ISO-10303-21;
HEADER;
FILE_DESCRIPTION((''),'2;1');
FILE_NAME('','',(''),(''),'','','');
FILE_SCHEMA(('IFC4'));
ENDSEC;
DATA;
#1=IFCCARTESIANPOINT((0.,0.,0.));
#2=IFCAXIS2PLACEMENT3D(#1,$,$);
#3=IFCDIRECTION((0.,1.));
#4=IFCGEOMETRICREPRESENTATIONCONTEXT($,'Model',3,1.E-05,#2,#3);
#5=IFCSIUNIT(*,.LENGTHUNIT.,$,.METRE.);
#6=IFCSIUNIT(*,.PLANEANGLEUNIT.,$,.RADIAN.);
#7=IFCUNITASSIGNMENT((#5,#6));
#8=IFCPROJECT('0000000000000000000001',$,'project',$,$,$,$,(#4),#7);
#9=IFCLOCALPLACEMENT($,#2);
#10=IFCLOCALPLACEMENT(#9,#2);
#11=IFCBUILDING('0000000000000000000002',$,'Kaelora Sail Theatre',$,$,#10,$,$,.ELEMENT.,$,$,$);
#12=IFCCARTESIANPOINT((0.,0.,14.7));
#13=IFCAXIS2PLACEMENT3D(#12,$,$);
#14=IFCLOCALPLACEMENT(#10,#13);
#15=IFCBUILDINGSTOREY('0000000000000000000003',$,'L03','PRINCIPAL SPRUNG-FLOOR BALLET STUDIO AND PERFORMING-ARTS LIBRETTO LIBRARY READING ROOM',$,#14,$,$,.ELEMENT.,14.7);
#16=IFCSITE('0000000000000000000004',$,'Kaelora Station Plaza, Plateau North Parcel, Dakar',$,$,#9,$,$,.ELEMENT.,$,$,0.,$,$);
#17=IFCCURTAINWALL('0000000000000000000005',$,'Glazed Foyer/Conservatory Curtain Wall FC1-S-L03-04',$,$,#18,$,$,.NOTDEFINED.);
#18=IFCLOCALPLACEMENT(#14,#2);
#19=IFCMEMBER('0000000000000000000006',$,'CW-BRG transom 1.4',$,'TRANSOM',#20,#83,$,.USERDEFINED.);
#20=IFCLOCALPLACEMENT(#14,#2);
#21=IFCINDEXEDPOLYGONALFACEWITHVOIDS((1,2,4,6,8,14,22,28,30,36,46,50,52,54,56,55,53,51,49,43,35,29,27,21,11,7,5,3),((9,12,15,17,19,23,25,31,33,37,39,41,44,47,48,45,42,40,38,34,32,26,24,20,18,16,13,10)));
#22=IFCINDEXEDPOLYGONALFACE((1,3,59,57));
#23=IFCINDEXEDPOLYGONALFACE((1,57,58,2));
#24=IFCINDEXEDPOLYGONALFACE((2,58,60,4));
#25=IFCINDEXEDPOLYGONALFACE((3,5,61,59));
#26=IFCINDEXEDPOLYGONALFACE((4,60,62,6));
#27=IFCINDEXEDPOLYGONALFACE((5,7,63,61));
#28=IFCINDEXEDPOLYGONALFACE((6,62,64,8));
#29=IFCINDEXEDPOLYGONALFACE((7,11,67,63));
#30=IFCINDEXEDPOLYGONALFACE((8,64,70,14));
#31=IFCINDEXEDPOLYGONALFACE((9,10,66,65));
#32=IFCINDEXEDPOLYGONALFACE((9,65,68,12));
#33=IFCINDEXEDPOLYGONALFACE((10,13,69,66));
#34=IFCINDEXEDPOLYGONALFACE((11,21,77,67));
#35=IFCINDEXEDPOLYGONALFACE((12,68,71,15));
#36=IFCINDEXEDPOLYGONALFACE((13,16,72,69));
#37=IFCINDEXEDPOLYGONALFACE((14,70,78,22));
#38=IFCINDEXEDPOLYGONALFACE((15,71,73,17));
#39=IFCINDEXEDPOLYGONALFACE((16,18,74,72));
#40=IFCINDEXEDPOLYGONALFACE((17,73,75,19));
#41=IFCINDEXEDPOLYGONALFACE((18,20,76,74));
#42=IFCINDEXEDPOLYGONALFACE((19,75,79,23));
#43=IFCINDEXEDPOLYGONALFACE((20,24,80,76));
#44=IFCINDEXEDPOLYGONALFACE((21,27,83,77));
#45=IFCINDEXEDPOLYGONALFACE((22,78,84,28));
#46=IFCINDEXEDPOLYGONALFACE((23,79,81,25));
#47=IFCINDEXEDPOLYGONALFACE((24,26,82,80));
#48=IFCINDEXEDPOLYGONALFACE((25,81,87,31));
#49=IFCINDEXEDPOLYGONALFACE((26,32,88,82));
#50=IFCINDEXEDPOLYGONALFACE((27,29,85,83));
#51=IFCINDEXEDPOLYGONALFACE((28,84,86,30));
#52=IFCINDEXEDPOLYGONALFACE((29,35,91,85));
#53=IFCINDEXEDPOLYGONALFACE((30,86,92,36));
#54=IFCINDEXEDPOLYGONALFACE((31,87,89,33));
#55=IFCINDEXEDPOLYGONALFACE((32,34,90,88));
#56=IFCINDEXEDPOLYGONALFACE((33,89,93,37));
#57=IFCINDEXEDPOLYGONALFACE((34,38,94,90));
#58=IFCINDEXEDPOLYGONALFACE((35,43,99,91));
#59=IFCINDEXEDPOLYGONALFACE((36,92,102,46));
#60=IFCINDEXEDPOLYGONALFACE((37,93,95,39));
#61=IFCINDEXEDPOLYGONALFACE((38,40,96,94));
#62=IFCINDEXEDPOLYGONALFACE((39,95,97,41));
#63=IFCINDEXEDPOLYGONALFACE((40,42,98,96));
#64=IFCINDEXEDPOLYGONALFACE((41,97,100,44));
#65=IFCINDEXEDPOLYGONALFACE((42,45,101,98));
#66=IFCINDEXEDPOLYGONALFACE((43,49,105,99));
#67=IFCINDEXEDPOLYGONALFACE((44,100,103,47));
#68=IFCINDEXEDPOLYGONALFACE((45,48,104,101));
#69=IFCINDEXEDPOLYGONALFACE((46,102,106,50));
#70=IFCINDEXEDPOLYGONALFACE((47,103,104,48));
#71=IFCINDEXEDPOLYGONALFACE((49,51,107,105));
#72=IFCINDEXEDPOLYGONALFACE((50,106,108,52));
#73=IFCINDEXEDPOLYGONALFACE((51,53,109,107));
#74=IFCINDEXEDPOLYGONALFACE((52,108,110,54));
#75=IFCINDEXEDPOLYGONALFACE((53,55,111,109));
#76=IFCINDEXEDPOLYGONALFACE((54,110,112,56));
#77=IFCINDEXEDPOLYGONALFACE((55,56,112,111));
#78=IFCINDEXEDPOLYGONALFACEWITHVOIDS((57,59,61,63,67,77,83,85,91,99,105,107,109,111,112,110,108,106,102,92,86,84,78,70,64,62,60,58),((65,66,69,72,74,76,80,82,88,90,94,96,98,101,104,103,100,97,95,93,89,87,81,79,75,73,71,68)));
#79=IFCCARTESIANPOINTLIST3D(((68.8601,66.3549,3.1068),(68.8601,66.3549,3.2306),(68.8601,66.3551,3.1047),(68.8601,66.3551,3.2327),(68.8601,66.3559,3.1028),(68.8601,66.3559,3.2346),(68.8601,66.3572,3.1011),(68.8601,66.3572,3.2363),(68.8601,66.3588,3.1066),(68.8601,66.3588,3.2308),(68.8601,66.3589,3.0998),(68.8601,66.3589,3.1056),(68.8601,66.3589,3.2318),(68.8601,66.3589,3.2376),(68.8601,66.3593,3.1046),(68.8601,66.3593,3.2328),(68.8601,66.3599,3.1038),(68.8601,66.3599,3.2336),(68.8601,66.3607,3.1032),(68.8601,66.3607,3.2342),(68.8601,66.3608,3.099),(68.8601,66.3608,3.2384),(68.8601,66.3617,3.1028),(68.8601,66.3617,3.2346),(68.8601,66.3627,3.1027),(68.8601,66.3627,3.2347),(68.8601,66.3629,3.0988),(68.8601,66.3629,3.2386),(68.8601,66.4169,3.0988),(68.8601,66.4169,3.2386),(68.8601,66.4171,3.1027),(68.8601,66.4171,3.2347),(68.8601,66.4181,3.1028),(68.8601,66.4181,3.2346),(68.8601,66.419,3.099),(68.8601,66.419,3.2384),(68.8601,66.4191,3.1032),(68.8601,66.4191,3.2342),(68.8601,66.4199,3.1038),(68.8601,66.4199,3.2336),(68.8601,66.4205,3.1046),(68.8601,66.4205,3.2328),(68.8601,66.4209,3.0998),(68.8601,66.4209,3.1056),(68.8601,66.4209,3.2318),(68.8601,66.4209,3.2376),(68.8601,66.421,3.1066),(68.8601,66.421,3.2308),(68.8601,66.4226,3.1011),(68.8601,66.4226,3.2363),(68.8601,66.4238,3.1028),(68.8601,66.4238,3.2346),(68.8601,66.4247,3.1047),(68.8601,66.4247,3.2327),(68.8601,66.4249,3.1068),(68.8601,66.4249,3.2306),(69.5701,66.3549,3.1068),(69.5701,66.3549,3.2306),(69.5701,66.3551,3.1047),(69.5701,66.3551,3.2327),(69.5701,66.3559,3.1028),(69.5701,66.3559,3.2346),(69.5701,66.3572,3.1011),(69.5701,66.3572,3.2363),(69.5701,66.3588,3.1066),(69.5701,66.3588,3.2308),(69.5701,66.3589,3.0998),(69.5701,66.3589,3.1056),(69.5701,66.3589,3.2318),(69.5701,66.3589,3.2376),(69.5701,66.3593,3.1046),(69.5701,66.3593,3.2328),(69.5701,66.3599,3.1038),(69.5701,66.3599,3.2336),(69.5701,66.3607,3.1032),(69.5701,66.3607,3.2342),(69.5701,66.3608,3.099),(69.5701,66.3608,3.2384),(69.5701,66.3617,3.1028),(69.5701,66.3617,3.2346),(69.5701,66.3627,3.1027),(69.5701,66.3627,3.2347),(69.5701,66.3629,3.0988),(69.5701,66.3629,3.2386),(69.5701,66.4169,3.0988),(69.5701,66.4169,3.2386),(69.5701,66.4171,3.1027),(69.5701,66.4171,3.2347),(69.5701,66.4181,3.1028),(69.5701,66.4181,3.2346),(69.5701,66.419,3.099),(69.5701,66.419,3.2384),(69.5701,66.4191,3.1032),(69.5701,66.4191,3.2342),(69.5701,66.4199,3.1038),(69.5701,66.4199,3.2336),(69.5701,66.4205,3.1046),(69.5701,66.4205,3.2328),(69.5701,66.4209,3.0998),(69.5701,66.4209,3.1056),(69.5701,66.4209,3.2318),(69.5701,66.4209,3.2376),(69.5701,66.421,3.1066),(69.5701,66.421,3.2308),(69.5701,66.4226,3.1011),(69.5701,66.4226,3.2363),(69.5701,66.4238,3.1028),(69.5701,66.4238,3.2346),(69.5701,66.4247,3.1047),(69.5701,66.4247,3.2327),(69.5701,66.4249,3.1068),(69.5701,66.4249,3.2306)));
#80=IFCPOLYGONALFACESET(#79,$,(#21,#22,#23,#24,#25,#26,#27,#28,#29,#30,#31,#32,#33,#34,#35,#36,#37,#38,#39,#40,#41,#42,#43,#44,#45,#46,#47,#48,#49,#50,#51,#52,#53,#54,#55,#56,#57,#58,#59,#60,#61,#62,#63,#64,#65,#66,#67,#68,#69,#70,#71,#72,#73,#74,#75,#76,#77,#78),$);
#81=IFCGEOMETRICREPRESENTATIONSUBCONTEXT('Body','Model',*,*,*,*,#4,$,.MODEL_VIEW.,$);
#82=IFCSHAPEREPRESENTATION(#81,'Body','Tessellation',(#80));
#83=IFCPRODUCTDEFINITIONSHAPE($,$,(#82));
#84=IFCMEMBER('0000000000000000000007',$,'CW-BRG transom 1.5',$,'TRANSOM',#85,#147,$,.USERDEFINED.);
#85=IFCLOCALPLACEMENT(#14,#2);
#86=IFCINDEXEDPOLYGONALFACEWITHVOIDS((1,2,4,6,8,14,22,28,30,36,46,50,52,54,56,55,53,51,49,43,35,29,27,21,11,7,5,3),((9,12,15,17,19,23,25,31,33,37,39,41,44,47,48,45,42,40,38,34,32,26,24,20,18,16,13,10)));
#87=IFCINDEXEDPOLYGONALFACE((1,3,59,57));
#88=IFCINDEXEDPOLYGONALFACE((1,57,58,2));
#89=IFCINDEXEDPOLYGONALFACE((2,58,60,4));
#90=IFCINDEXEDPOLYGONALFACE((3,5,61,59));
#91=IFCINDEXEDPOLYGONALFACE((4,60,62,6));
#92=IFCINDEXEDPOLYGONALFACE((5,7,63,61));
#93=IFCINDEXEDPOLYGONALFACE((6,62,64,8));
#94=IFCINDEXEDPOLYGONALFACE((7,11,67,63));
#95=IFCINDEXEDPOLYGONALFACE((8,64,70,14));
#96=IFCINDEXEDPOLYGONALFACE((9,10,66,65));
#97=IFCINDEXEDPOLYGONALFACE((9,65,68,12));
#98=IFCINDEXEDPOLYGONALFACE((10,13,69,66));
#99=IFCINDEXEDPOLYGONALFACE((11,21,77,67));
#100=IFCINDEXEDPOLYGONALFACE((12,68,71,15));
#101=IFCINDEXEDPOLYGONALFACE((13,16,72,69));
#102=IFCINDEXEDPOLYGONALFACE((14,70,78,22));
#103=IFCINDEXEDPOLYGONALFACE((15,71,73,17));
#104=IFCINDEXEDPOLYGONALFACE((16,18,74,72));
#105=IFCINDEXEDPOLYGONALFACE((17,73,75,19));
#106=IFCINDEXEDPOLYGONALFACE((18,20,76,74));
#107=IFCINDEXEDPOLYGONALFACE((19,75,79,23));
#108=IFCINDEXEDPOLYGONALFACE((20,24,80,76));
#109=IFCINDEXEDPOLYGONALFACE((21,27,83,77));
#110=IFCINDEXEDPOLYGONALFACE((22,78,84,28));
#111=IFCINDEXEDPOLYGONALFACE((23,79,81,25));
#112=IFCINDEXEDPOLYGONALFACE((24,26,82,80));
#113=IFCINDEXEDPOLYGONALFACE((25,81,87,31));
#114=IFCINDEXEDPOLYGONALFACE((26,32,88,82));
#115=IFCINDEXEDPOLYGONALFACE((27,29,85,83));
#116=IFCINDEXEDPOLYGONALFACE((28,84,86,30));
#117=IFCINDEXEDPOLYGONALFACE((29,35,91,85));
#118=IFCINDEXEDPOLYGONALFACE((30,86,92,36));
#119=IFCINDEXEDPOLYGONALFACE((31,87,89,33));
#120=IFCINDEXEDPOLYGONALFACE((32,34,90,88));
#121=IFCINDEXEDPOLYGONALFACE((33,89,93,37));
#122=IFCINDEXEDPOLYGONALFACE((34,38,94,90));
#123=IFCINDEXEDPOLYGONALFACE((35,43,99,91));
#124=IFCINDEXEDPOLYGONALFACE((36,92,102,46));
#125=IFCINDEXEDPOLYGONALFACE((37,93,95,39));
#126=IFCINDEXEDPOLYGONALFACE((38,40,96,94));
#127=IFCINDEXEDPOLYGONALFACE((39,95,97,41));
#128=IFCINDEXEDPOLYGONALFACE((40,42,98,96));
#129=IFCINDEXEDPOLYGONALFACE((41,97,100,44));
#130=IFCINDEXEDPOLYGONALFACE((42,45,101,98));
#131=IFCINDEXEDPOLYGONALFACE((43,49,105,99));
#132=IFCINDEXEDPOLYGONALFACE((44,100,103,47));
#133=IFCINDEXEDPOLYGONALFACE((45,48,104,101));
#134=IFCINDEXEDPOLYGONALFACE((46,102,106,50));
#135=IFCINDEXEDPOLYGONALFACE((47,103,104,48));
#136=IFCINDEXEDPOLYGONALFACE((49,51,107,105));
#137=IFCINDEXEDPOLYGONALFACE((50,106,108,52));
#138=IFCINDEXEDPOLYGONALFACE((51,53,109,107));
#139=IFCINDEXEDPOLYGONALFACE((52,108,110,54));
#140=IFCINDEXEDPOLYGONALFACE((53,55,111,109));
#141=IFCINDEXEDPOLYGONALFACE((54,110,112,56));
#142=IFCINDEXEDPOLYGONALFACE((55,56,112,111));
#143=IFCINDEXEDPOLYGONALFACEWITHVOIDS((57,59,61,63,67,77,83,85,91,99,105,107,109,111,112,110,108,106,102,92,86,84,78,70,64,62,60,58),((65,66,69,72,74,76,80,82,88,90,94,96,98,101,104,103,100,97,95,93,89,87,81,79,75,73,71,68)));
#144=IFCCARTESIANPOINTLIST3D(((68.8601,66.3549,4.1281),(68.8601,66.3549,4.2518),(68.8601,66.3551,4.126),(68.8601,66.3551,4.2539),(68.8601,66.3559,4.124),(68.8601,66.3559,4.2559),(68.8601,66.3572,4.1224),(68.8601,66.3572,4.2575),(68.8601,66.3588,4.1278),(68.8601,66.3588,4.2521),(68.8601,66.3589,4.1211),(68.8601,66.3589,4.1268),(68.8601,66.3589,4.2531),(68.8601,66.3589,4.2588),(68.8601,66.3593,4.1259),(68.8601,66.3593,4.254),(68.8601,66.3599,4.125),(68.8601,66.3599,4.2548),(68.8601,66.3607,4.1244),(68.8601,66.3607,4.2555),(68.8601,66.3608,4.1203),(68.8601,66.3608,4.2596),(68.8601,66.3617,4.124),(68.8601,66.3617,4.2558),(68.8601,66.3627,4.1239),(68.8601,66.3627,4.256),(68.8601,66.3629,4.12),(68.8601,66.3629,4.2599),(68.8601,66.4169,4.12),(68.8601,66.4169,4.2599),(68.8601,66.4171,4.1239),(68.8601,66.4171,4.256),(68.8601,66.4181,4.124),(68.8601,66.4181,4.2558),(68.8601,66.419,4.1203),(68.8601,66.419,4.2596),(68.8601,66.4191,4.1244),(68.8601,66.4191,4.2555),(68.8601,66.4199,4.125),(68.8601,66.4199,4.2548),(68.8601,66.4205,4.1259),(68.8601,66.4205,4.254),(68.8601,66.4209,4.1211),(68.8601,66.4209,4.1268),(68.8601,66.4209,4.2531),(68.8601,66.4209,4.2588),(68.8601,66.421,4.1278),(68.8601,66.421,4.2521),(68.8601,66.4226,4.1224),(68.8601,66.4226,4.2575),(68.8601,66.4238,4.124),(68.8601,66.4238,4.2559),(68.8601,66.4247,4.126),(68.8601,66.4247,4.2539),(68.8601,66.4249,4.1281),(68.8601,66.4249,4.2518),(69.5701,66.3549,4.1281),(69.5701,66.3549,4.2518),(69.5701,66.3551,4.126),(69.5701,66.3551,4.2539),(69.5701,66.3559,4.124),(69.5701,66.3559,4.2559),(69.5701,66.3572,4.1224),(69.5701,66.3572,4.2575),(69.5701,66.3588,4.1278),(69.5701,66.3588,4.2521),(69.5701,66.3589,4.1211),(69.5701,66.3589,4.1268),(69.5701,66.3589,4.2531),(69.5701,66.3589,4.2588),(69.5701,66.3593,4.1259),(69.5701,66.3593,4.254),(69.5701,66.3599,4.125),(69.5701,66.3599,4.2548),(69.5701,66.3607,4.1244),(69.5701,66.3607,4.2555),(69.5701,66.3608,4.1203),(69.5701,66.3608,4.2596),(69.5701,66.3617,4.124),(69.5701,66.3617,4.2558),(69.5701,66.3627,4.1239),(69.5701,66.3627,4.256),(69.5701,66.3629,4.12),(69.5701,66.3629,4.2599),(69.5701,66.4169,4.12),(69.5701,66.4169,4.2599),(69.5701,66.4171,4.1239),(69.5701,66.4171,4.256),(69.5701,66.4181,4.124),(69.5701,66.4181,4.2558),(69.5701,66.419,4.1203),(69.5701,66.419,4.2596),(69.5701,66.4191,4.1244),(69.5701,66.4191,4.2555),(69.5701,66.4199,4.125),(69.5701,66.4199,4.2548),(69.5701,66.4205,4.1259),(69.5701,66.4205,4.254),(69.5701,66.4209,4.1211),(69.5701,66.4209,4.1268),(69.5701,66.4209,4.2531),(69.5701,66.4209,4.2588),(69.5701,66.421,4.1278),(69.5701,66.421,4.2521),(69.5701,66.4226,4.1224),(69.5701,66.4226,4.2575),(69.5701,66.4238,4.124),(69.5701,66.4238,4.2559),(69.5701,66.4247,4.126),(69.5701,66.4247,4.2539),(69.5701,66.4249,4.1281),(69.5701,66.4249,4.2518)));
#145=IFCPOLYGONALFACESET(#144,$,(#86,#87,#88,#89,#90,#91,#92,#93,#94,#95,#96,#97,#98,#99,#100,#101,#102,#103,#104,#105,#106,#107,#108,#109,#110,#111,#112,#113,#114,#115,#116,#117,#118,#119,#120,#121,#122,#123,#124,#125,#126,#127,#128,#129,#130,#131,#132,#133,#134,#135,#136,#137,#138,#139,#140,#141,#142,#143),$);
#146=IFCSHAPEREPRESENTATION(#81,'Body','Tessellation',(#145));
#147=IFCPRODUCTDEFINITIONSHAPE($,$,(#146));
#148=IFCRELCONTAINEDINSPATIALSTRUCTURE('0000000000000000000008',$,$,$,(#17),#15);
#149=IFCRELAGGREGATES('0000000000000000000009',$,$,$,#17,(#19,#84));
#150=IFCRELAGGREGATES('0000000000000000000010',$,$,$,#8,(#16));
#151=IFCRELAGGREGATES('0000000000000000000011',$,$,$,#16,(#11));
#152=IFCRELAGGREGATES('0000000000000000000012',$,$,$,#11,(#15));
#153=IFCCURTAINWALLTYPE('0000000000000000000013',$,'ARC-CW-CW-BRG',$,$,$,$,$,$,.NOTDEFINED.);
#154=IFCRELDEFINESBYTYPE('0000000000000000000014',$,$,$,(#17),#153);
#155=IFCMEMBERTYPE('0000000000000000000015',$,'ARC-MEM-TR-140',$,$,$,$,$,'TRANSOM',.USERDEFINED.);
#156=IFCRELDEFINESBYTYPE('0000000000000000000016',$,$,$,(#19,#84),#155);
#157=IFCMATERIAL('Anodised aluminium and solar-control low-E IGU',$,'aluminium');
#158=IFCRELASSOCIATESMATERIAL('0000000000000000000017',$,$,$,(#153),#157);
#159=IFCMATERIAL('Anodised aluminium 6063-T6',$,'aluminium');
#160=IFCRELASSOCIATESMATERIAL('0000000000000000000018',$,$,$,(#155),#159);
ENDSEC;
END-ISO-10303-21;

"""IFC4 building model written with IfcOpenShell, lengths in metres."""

from ifc_helpers import new_model, si_unit, direction, frame, origin, origin_2d, place, context, subcontext, project, spatial, hollow_rectangle, extrude, material, material_profile, profile_set, type_object, element, aggregate, save


model = new_model("IFC4")

# Units and contexts
model_context = context("Model", 3, precision=1e-05, world=origin(), true_north=direction((0.0, 1.0)))
body_context = subcontext(model_context, "Body", "Model", "MODEL_VIEW")
ifc_project = project(units=[si_unit("LENGTHUNIT", "METRE"), si_unit("PLANEANGLEUNIT", "RADIAN")], contexts=[model_context])

# Site, building, storey
site_placement = place(None, origin())
site = spatial("IfcSite", under=ifc_project, at=site_placement, Name="Kaelora Station Plaza, Plateau North Parcel, Dakar", CompositionType="ELEMENT", RefElevation=0.0)
building_placement = place(site_placement, origin())
building = spatial("IfcBuilding", under=site, at=building_placement, Name="Kaelora Sail Theatre", CompositionType="ELEMENT")
storey_placement = place(building_placement, frame((0.0, 0.0, 14.7)))
storey = spatial("IfcBuildingStorey", under=building, at=storey_placement, Name="L03", Description="PRINCIPAL SPRUNG-FLOOR BALLET STUDIO AND PERFORMING-ARTS LIBRETTO LIBRARY READING ROOM", CompositionType="ELEMENT", Elevation=14.7)

# Curtain wall, members
ifc_material_1 = material(Name="Anodised aluminium and solar-control low-E IGU", Category="aluminium")
curtain_wall_type = type_object("IfcCurtainWallType", Name="ARC-CW-CW-BRG", PredefinedType="NOTDEFINED", material=ifc_material_1)
ifc_material_2 = material(Name="Anodised aluminium 6063-T6", Category="aluminium")
ifc_material_profile = material_profile(ifc_material_2, hollow_rectangle(XDim=0.0701, YDim=0.1399, WallThickness=0.0039, InnerFilletRadius=0.0039, OuterFilletRadius=0.0081, at=origin_2d()), Name="ALU-TRAN 70x140x4")
ifc_profile_set = profile_set([ifc_material_profile], Name="Anodised aluminium 6063-T6")
member_type = type_object("IfcMemberType", Name="ARC-MEM-TR-140", ElementType="TRANSOM", PredefinedType="USERDEFINED", material=ifc_profile_set)
curtain_wall_1_placement = place(storey_placement, origin())
curtain_wall_1 = element("IfcCurtainWall", 1, at=curtain_wall_1_placement, inside=storey, type_object=curtain_wall_type, Name="Glazed Foyer/Conservatory Curtain Wall FC1-S-L03-04", PredefinedType="NOTDEFINED")
member_1_placement = place(storey_placement, frame((68.8601, 66.3899, 3.1687), z_axis=(1.0, 0.0, 0.0), x_axis=(0.0, 1.0, 0.0)))
member_1 = element("IfcMember", 2, at=member_1_placement, type_object=member_type, Name="CW-BRG transom 1.4", ObjectType="TRANSOM", PredefinedType="USERDEFINED", context=body_context, shape_type="SweptSolid", body=[
    extrude(hollow_rectangle(XDim=0.0701, YDim=0.1399, WallThickness=0.0039, InnerFilletRadius=0.0039, OuterFilletRadius=0.0081, at=origin_2d()), origin(), (0.0, 0.0, 1.0), 0.71),
])
member_2_placement = place(storey_placement, frame((68.8601, 66.3899, 4.1899), z_axis=(1.0, 0.0, 0.0), x_axis=(0.0, 1.0, 0.0)))
member_2 = element("IfcMember", 3, at=member_2_placement, type_object=member_type, Name="CW-BRG transom 1.5", ObjectType="TRANSOM", PredefinedType="USERDEFINED", context=body_context, shape_type="SweptSolid", body=[
    extrude(hollow_rectangle(XDim=0.0701, YDim=0.1399, WallThickness=0.0039, InnerFilletRadius=0.0039, OuterFilletRadius=0.0081, at=origin_2d()), origin(), (0.0, 0.0, 1.0), 0.71),
])

aggregate(curtain_wall_1, [member_1, member_2])

save(model, "model.ifc")
